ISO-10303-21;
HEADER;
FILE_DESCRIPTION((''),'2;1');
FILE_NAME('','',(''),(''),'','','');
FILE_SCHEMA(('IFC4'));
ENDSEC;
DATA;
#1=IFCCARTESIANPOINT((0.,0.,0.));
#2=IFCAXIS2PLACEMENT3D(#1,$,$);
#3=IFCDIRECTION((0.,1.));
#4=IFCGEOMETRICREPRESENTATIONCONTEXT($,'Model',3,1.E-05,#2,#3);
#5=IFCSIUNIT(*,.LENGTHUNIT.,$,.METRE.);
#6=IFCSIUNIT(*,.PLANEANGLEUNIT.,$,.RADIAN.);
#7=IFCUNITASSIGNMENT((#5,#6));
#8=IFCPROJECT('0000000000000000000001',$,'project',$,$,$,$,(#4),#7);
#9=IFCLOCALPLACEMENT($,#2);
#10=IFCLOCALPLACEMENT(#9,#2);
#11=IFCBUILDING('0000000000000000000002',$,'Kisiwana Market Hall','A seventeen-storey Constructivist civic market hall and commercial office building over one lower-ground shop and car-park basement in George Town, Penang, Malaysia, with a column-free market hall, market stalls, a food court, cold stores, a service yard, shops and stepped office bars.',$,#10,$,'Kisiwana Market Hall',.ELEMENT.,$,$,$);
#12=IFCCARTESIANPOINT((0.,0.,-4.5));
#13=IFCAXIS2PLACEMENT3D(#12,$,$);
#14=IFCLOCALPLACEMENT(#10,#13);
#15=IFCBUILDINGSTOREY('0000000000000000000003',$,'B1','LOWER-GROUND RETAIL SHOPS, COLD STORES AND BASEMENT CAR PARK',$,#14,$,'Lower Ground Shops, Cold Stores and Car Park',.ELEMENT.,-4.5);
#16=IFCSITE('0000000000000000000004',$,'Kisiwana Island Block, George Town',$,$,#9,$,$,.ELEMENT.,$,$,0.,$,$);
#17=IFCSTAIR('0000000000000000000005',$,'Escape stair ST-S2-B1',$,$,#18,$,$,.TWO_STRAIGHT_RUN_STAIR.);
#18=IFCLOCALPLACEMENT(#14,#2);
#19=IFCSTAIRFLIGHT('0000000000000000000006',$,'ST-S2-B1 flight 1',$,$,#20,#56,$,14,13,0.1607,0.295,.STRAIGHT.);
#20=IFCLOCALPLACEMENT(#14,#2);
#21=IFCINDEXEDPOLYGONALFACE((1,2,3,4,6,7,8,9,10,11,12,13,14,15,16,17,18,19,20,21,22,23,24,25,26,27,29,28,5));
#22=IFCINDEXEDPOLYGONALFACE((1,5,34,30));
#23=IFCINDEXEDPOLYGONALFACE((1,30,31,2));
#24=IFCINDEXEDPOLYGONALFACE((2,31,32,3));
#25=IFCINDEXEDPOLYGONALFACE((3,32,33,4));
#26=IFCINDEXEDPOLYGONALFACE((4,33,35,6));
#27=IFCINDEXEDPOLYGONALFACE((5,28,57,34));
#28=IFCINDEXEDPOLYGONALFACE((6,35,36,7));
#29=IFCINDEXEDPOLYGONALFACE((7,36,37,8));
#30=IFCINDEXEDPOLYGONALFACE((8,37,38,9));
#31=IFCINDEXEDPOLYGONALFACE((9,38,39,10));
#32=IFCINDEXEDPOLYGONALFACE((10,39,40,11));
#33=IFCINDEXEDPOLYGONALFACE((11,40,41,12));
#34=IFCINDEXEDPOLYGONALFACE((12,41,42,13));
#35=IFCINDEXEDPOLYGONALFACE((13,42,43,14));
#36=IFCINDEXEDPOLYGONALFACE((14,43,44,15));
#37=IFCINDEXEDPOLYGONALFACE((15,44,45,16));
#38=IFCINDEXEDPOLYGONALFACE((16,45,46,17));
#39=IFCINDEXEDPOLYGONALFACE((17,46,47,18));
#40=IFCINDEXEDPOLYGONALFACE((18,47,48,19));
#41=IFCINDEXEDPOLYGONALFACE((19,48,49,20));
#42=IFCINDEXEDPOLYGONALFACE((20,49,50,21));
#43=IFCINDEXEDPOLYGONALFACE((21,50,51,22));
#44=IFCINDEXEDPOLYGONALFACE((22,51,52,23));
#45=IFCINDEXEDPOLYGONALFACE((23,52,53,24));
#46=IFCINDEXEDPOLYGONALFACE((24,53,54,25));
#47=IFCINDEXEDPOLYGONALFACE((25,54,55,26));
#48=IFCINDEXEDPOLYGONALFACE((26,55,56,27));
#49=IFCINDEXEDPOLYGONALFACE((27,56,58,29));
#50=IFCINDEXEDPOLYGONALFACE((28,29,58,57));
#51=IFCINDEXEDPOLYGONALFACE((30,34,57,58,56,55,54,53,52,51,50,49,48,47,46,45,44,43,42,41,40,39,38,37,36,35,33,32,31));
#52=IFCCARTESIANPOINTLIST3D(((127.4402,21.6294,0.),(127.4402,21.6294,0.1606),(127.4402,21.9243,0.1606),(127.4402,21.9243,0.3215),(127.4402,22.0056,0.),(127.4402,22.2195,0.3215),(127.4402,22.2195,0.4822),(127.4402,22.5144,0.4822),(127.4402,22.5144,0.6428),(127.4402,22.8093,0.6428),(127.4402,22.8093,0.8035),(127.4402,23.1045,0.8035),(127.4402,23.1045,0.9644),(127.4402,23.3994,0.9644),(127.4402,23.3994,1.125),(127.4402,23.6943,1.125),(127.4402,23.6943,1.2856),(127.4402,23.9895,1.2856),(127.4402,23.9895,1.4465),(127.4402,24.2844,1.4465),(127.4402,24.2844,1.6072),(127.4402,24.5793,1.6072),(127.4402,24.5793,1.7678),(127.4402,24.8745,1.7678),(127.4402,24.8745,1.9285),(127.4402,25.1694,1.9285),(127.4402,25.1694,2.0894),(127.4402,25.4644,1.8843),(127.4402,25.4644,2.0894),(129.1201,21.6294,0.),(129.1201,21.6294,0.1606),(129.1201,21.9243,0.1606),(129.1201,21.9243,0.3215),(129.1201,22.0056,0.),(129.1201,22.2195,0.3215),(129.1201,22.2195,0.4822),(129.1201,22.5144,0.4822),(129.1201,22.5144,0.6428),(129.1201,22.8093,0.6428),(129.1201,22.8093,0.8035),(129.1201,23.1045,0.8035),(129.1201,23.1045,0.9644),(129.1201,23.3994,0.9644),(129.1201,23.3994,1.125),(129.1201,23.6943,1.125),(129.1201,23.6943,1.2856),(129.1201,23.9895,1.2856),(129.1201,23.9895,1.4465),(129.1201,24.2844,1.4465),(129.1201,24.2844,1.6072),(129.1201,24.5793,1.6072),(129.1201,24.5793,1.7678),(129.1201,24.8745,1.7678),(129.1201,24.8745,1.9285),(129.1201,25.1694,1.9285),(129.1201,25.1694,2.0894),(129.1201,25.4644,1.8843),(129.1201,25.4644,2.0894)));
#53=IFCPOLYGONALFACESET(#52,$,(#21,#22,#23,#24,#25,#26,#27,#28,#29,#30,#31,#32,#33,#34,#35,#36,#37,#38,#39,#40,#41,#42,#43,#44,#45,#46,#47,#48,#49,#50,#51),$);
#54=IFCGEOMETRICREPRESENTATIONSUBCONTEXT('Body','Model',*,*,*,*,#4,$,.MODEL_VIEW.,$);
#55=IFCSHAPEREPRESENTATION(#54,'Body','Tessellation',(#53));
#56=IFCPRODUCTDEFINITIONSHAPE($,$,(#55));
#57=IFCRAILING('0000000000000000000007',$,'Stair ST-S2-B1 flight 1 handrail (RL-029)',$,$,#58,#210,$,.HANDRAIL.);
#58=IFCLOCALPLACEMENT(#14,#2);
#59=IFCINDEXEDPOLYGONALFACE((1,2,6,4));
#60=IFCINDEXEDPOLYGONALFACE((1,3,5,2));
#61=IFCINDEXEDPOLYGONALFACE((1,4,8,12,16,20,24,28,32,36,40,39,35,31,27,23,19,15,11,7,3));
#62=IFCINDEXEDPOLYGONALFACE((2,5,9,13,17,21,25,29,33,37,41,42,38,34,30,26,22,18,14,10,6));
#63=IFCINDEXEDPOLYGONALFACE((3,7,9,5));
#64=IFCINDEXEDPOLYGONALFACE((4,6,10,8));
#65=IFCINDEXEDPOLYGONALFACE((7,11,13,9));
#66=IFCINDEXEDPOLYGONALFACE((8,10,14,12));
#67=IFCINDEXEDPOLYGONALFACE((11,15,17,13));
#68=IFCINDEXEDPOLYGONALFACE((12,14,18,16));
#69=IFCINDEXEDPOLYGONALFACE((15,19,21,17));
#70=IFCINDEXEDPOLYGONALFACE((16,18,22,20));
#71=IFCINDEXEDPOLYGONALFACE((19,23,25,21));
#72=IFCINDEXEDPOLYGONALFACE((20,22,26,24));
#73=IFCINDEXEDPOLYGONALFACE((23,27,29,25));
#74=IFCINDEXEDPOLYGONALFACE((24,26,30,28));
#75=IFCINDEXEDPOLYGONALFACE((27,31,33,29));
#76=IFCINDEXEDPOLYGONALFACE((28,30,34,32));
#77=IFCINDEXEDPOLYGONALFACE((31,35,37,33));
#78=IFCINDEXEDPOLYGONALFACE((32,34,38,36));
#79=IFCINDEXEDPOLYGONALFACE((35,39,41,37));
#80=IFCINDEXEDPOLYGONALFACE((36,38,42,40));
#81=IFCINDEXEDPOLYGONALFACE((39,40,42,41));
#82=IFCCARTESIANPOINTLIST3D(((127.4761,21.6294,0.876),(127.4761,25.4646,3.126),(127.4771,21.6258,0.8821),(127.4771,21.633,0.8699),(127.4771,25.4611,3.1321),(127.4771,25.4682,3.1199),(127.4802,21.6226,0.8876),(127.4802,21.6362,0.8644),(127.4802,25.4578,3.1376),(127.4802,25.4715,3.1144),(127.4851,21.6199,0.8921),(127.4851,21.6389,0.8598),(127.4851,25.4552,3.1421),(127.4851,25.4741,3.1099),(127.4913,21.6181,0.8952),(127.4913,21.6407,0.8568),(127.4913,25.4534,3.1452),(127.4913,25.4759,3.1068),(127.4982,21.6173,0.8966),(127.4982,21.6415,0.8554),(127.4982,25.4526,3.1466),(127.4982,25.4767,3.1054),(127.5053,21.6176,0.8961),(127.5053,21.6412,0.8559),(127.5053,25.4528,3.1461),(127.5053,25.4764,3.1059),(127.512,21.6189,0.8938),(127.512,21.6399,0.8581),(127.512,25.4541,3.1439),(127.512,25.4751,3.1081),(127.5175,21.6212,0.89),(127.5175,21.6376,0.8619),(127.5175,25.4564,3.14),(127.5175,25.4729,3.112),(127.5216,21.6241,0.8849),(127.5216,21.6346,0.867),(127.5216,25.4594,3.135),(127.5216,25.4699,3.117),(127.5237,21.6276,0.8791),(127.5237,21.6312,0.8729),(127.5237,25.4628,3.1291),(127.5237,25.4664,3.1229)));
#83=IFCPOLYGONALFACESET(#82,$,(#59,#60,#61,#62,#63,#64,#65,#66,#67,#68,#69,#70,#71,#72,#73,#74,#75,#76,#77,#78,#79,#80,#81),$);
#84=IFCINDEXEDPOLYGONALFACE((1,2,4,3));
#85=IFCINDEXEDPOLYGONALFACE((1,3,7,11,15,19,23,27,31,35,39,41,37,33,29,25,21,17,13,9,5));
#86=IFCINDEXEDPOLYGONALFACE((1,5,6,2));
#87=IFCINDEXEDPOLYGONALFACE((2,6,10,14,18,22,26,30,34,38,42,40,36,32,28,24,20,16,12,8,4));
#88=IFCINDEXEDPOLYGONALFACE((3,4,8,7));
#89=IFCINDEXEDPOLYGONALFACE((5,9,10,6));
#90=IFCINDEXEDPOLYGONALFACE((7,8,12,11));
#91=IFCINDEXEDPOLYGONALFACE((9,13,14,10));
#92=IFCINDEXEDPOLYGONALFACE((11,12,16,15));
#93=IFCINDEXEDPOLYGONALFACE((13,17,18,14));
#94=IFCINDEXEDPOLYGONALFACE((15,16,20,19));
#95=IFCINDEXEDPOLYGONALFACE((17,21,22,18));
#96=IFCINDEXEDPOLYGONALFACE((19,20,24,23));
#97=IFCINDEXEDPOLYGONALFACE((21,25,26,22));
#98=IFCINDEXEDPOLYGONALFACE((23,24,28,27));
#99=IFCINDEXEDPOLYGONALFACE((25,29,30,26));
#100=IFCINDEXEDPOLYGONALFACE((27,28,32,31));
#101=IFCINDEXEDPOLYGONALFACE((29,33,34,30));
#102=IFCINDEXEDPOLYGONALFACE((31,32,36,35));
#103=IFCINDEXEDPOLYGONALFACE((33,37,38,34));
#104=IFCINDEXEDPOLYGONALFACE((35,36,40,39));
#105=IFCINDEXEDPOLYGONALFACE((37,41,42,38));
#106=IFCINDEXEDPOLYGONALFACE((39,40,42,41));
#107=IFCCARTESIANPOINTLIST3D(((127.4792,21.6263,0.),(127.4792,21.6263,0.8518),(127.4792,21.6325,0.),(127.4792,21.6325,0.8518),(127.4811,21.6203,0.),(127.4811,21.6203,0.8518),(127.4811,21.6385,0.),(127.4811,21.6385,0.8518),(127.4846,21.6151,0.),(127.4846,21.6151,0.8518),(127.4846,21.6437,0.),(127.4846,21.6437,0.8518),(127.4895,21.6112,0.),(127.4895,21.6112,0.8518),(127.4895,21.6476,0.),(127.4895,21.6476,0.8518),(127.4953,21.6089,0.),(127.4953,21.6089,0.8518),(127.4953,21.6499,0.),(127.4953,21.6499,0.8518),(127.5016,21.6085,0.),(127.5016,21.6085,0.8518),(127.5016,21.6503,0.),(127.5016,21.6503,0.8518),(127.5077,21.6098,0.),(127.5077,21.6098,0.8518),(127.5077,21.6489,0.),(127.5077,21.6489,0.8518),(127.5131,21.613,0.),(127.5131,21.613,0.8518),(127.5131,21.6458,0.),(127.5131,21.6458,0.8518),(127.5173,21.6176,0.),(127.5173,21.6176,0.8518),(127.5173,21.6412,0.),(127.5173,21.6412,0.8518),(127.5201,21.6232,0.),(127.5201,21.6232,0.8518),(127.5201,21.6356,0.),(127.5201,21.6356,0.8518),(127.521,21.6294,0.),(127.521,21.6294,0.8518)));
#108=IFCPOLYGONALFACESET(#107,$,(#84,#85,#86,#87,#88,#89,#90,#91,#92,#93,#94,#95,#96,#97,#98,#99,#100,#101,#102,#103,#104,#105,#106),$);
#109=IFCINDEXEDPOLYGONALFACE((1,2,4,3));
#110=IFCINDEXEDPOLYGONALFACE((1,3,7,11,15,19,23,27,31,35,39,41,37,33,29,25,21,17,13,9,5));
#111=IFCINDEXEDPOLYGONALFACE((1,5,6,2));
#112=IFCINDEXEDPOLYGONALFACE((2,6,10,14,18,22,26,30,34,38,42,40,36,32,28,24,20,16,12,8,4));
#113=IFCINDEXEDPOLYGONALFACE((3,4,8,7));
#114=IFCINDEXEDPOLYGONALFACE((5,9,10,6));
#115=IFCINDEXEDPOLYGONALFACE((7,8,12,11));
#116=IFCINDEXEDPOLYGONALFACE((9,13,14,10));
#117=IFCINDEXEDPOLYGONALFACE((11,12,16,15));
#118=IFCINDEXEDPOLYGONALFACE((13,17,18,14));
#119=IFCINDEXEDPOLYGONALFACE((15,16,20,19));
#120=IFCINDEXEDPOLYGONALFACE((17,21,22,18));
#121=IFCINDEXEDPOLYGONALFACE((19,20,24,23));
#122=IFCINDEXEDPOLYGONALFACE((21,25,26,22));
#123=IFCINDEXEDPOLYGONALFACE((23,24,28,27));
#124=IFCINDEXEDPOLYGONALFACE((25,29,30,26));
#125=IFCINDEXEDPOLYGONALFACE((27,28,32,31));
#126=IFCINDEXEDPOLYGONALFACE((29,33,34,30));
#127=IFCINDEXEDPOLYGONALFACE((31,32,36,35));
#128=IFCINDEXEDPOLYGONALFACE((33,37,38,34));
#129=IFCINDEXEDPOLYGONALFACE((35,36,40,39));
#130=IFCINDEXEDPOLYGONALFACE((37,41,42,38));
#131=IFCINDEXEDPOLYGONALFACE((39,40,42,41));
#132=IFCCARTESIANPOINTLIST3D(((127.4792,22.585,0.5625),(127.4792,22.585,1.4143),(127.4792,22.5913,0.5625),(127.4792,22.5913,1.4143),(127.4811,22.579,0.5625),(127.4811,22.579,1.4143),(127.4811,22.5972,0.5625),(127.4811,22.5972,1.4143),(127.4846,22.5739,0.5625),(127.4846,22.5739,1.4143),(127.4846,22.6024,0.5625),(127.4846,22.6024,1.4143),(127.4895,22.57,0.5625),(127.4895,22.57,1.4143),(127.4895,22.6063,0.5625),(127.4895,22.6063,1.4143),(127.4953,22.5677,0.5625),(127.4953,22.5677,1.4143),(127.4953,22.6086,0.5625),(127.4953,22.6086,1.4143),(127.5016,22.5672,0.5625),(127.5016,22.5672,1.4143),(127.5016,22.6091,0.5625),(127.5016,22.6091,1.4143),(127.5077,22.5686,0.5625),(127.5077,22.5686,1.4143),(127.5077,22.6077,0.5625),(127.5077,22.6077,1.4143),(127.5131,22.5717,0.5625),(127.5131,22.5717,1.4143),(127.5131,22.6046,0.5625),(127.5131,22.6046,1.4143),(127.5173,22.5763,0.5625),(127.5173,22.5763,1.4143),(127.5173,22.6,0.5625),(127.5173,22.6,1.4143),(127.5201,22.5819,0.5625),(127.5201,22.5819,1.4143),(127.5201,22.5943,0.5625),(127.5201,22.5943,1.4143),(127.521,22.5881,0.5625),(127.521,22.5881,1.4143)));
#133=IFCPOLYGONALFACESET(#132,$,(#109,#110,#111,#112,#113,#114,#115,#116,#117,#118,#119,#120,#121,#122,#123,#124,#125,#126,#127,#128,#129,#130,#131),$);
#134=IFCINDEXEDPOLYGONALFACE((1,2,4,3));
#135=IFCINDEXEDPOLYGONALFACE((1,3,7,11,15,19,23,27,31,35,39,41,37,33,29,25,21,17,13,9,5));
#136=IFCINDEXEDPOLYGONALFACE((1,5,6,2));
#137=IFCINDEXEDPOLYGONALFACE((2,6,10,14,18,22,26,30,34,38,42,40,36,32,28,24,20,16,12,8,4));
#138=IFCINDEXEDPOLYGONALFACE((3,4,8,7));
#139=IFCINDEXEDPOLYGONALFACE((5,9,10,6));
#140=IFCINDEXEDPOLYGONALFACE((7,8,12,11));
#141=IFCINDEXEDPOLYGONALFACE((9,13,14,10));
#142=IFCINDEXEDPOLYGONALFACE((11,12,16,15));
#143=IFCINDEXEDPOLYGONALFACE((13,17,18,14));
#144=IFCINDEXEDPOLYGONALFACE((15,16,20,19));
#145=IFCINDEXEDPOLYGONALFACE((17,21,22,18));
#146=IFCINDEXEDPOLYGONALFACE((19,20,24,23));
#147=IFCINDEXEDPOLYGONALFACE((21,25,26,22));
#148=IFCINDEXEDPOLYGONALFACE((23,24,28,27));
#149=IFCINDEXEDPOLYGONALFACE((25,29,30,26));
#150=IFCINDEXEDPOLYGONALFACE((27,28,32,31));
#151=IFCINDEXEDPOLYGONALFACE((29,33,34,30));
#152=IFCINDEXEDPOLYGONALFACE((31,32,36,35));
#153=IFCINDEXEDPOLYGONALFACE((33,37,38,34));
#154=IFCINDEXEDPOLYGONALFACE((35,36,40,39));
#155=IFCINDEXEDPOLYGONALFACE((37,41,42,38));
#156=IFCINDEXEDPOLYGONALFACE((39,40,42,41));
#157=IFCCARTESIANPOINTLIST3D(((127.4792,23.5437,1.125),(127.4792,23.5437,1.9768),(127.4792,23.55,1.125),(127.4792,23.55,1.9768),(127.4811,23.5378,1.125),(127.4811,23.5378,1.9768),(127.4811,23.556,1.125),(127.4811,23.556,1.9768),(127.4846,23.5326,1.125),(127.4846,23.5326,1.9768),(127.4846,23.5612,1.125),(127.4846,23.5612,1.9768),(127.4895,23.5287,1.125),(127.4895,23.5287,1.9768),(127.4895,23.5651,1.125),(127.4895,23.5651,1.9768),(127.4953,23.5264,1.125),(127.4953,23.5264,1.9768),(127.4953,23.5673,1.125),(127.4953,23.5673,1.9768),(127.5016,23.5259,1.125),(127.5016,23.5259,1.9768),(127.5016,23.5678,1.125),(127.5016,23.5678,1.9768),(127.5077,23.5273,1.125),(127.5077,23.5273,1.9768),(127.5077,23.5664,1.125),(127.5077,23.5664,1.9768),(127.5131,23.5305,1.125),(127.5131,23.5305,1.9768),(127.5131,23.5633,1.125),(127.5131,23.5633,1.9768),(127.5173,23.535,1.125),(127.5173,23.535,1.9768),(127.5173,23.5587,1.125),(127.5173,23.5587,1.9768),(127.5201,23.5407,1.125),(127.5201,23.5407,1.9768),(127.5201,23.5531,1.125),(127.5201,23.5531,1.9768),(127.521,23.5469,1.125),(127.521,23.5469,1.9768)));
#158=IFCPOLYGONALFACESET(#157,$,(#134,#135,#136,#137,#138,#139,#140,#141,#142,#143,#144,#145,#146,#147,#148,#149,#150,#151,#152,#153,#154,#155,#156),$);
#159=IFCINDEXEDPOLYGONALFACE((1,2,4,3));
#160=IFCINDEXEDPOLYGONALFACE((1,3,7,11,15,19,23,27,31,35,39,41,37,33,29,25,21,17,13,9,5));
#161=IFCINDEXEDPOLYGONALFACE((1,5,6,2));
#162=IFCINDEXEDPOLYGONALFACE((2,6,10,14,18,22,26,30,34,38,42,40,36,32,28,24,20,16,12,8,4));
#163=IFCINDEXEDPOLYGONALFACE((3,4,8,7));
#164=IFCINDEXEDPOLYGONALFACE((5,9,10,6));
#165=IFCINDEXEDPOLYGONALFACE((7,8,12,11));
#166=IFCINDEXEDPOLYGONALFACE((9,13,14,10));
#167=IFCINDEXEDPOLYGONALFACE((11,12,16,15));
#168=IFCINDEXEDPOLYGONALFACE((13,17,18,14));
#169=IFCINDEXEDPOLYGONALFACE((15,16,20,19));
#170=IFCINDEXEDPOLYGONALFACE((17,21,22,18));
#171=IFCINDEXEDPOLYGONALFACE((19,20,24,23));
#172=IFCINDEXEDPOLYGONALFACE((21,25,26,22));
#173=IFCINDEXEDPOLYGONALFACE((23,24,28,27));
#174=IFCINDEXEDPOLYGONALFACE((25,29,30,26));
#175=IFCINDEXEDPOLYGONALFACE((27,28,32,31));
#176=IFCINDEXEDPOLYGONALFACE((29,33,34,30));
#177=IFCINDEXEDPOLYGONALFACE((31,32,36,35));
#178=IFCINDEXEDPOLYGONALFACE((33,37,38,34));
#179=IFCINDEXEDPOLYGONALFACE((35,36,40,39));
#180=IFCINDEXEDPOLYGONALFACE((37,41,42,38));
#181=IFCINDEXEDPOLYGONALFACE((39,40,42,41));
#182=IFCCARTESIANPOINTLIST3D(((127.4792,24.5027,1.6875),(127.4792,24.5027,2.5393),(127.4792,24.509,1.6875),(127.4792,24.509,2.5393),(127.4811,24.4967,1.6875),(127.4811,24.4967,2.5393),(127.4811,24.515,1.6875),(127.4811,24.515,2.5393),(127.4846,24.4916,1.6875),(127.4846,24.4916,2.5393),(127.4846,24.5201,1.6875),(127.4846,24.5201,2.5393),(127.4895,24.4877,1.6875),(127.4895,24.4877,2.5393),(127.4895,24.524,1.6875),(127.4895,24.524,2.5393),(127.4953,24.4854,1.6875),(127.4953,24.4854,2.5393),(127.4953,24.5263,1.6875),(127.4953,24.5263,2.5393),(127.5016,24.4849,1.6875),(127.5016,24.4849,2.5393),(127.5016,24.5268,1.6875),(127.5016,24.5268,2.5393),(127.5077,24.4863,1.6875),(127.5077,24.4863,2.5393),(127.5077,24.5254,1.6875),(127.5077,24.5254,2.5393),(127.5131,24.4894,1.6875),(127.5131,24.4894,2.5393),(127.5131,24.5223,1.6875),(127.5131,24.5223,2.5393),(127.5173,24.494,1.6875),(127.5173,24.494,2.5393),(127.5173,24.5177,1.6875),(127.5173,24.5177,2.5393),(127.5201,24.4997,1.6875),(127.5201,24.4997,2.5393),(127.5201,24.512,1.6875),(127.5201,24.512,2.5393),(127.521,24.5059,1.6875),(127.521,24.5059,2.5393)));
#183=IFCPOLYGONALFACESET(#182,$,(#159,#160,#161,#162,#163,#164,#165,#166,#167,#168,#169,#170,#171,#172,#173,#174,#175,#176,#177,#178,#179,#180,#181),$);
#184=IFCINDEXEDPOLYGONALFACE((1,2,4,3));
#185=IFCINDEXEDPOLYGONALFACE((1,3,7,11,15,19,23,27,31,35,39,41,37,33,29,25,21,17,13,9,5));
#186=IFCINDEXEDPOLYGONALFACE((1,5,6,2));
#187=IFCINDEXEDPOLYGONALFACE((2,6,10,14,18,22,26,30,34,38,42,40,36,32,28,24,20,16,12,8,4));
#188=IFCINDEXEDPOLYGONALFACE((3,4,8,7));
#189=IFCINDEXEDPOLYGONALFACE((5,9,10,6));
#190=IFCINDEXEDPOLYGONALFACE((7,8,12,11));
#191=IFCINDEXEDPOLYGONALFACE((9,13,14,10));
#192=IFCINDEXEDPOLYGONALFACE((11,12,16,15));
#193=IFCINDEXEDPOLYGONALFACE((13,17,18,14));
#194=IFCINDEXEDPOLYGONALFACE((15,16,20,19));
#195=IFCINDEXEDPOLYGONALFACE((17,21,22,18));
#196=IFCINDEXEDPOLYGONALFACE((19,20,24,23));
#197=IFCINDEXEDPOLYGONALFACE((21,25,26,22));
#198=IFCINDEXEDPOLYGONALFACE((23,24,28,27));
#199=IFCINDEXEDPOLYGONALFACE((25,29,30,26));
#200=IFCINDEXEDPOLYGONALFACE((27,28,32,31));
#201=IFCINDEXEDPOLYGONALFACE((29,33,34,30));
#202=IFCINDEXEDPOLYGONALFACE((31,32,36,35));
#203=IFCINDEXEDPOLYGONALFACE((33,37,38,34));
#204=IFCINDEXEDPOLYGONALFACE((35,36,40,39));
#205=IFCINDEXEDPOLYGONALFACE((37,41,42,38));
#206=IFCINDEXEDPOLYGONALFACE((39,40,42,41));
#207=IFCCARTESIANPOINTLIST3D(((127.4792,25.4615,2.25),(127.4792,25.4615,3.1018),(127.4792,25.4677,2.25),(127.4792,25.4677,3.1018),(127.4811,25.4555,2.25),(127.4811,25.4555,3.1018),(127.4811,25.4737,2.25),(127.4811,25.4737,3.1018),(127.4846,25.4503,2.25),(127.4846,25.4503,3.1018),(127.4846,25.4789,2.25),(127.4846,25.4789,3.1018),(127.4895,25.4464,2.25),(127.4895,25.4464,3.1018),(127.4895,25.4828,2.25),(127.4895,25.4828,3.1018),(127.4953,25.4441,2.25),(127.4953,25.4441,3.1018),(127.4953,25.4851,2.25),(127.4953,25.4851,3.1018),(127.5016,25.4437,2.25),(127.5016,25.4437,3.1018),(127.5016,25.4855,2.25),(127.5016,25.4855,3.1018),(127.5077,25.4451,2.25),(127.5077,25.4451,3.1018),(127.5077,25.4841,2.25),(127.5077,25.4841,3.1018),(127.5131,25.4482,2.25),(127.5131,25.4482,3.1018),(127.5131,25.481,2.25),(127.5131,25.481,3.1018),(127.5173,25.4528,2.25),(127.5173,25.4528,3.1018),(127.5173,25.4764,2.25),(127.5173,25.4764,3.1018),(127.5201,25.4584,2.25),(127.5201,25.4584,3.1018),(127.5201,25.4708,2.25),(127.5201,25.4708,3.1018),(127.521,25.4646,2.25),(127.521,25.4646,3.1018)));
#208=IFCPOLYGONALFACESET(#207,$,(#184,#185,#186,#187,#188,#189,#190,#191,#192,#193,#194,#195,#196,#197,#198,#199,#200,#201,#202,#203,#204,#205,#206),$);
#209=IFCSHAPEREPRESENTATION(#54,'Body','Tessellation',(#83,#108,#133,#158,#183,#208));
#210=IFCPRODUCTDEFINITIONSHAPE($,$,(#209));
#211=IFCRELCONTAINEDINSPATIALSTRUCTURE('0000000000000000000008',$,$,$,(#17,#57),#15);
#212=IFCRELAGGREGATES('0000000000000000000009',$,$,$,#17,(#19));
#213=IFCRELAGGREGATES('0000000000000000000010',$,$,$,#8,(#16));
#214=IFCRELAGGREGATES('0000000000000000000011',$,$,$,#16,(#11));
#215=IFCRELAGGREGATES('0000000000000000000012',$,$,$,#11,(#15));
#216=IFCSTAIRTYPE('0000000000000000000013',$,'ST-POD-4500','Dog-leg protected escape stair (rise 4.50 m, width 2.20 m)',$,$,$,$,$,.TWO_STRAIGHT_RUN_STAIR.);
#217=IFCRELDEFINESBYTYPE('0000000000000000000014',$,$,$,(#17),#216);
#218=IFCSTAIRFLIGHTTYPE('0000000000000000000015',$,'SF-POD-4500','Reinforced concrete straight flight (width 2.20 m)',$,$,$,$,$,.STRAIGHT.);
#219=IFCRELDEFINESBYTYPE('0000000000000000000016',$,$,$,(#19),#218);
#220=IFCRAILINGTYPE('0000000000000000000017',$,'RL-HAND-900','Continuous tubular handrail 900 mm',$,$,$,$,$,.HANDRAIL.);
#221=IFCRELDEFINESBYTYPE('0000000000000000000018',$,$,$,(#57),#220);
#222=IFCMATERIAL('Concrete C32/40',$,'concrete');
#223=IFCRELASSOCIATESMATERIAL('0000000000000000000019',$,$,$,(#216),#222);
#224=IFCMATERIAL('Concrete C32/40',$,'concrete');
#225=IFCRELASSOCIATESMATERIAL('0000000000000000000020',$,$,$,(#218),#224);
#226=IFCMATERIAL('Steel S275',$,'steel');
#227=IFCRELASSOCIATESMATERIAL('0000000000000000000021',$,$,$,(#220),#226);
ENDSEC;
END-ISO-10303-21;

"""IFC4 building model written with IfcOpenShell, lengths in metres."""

from ifc_helpers import new_model, si_unit, direction, frame, origin, origin_2d, place, context, subcontext, project, spatial, polyline, circle, outline, extrude, material, type_object, element, aggregate, save


model = new_model("IFC4")

# Units and contexts
model_context = context("Model", 3, precision=1e-05, world=origin(), true_north=direction((0.0, 1.0)))
body_context = subcontext(model_context, "Body", "Model", "MODEL_VIEW")
ifc_project = project(units=[si_unit("LENGTHUNIT", "METRE"), si_unit("PLANEANGLEUNIT", "RADIAN")], contexts=[model_context])

# Site, building, storey
site_placement = place(None, origin())
site = spatial("IfcSite", under=ifc_project, at=site_placement, Name="Kisiwana Island Block, George Town", CompositionType="ELEMENT", RefElevation=0.0)
building_placement = place(site_placement, origin())
building = spatial("IfcBuilding", under=site, at=building_placement, Name="Kisiwana Market Hall", Description="A seventeen-storey Constructivist civic market hall and commercial office building over one lower-ground shop and car-park basement in George Town, Penang, Malaysia, with a column-free market hall, market stalls, a food court, cold stores, a service yard, shops and stepped office bars.", LongName="Kisiwana Market Hall", CompositionType="ELEMENT")
storey_placement = place(building_placement, frame((0.0, 0.0, -4.5)))
storey = spatial("IfcBuildingStorey", under=building, at=storey_placement, Name="B1", Description="LOWER-GROUND RETAIL SHOPS, COLD STORES AND BASEMENT CAR PARK", LongName="Lower Ground Shops, Cold Stores and Car Park", CompositionType="ELEMENT", Elevation=-4.5)

# Stair, stair flight
ifc_material_1 = material(Name="Concrete C32/40", Category="concrete")
stair_type = type_object("IfcStairType", Name="ST-POD-4500", Description="Dog-leg protected escape stair (rise 4.50 m, width 2.20 m)", PredefinedType="TWO_STRAIGHT_RUN_STAIR", material=ifc_material_1)
stair_placement = place(storey_placement, origin())
stair = element("IfcStair", 1, at=stair_placement, inside=storey, type_object=stair_type, Name="Escape stair ST-S2-B1", PredefinedType="TWO_STRAIGHT_RUN_STAIR")
ifc_material_2 = material(Name="Concrete C32/40", Category="concrete")
stair_flight_type = type_object("IfcStairFlightType", Name="SF-POD-4500", Description="Reinforced concrete straight flight (width 2.20 m)", PredefinedType="STRAIGHT", material=ifc_material_2)
stair_flight_placement = place(storey_placement, frame((128.28, 21.6294, 0.0), z_axis=(0.0, 0.0, 1.0), x_axis=(0.0, 1.0, 0.0)))
stair_flight = element("IfcStairFlight", 2, at=stair_flight_placement, type_object=stair_flight_type, Name="ST-S2-B1 flight 1", NumberOfRisers=14, NumberOfTreads=13, PredefinedType="STRAIGHT", RiserHeight=0.1607, TreadLength=0.295, context=body_context, shape_type="SweptSolid", body=[
    extrude(outline(polyline([(0.0, 0.0), (0.0, 0.1606), (0.2949, 0.1606), (0.2949, 0.3215), (0.5901, 0.3215), (0.5901, 0.4822), (0.885, 0.4822), (0.885, 0.6428), (1.1799, 0.6428), (1.1799, 0.8035), (1.4751, 0.8035), (1.4751, 0.9644), (1.77, 0.9644), (1.77, 1.125), (2.0649, 1.125), (2.0649, 1.2856), (2.3601, 1.2856), (2.3601, 1.4465), (2.655, 1.4465), (2.655, 1.6072), (2.95, 1.6072), (2.95, 1.7678), (3.2451, 1.7678), (3.2451, 1.9285), (3.54, 1.9285), (3.54, 2.0894), (3.835, 2.0894), (3.835, 2.25), (3.835, 1.8843), (0.3762, 0.0), (0.0, 0.0)])), frame((0.0, 0.8398, 0.0), z_axis=(0.0, -1.0, 0.0), x_axis=(1.0, 0.0, 0.0)), (0.0, 0.0, 1.0), 1.6799),
])
aggregate(stair, [stair_flight])

# Railing
ifc_material_3 = material(Name="Steel S275", Category="steel")
railing_type = type_object("IfcRailingType", Name="RL-HAND-900", Description="Continuous tubular handrail 900 mm", PredefinedType="HANDRAIL", material=ifc_material_3)
railing_placement = place(storey_placement, frame((127.5, 21.6294, 0.0)))
element("IfcRailing", 3, at=railing_placement, inside=storey, type_object=railing_type, Name="Stair ST-S2-B1 flight 1 handrail (RL-029)", PredefinedType="HANDRAIL", context=body_context, shape_type="SweptSolid", body=[
    extrude(circle(Radius=0.0239, at=origin_2d()), frame((0.0, 0.0, 0.876), z_axis=(0.0, 0.862524, 0.506017), x_axis=(-1.0, 0.0, 0.0)), (0.0, 0.0, 1.0), 4.4465),
    extrude(circle(Radius=0.021, at=origin_2d()), origin(), (0.0, 0.0, 1.0), 0.8518),
    extrude(circle(Radius=0.021, at=origin_2d()), frame((0.0, 0.9587, 0.5625)), (0.0, 0.0, 1.0), 0.8518),
    extrude(circle(Radius=0.021, at=origin_2d()), frame((0.0, 1.9175, 1.125)), (0.0, 0.0, 1.0), 0.8518),
    extrude(circle(Radius=0.021, at=origin_2d()), frame((0.0, 2.8765, 1.6875)), (0.0, 0.0, 1.0), 0.8518),
    extrude(circle(Radius=0.021, at=origin_2d()), frame((0.0, 3.8352, 2.25)), (0.0, 0.0, 1.0), 0.8518),
])

save(model, "model.ifc")
